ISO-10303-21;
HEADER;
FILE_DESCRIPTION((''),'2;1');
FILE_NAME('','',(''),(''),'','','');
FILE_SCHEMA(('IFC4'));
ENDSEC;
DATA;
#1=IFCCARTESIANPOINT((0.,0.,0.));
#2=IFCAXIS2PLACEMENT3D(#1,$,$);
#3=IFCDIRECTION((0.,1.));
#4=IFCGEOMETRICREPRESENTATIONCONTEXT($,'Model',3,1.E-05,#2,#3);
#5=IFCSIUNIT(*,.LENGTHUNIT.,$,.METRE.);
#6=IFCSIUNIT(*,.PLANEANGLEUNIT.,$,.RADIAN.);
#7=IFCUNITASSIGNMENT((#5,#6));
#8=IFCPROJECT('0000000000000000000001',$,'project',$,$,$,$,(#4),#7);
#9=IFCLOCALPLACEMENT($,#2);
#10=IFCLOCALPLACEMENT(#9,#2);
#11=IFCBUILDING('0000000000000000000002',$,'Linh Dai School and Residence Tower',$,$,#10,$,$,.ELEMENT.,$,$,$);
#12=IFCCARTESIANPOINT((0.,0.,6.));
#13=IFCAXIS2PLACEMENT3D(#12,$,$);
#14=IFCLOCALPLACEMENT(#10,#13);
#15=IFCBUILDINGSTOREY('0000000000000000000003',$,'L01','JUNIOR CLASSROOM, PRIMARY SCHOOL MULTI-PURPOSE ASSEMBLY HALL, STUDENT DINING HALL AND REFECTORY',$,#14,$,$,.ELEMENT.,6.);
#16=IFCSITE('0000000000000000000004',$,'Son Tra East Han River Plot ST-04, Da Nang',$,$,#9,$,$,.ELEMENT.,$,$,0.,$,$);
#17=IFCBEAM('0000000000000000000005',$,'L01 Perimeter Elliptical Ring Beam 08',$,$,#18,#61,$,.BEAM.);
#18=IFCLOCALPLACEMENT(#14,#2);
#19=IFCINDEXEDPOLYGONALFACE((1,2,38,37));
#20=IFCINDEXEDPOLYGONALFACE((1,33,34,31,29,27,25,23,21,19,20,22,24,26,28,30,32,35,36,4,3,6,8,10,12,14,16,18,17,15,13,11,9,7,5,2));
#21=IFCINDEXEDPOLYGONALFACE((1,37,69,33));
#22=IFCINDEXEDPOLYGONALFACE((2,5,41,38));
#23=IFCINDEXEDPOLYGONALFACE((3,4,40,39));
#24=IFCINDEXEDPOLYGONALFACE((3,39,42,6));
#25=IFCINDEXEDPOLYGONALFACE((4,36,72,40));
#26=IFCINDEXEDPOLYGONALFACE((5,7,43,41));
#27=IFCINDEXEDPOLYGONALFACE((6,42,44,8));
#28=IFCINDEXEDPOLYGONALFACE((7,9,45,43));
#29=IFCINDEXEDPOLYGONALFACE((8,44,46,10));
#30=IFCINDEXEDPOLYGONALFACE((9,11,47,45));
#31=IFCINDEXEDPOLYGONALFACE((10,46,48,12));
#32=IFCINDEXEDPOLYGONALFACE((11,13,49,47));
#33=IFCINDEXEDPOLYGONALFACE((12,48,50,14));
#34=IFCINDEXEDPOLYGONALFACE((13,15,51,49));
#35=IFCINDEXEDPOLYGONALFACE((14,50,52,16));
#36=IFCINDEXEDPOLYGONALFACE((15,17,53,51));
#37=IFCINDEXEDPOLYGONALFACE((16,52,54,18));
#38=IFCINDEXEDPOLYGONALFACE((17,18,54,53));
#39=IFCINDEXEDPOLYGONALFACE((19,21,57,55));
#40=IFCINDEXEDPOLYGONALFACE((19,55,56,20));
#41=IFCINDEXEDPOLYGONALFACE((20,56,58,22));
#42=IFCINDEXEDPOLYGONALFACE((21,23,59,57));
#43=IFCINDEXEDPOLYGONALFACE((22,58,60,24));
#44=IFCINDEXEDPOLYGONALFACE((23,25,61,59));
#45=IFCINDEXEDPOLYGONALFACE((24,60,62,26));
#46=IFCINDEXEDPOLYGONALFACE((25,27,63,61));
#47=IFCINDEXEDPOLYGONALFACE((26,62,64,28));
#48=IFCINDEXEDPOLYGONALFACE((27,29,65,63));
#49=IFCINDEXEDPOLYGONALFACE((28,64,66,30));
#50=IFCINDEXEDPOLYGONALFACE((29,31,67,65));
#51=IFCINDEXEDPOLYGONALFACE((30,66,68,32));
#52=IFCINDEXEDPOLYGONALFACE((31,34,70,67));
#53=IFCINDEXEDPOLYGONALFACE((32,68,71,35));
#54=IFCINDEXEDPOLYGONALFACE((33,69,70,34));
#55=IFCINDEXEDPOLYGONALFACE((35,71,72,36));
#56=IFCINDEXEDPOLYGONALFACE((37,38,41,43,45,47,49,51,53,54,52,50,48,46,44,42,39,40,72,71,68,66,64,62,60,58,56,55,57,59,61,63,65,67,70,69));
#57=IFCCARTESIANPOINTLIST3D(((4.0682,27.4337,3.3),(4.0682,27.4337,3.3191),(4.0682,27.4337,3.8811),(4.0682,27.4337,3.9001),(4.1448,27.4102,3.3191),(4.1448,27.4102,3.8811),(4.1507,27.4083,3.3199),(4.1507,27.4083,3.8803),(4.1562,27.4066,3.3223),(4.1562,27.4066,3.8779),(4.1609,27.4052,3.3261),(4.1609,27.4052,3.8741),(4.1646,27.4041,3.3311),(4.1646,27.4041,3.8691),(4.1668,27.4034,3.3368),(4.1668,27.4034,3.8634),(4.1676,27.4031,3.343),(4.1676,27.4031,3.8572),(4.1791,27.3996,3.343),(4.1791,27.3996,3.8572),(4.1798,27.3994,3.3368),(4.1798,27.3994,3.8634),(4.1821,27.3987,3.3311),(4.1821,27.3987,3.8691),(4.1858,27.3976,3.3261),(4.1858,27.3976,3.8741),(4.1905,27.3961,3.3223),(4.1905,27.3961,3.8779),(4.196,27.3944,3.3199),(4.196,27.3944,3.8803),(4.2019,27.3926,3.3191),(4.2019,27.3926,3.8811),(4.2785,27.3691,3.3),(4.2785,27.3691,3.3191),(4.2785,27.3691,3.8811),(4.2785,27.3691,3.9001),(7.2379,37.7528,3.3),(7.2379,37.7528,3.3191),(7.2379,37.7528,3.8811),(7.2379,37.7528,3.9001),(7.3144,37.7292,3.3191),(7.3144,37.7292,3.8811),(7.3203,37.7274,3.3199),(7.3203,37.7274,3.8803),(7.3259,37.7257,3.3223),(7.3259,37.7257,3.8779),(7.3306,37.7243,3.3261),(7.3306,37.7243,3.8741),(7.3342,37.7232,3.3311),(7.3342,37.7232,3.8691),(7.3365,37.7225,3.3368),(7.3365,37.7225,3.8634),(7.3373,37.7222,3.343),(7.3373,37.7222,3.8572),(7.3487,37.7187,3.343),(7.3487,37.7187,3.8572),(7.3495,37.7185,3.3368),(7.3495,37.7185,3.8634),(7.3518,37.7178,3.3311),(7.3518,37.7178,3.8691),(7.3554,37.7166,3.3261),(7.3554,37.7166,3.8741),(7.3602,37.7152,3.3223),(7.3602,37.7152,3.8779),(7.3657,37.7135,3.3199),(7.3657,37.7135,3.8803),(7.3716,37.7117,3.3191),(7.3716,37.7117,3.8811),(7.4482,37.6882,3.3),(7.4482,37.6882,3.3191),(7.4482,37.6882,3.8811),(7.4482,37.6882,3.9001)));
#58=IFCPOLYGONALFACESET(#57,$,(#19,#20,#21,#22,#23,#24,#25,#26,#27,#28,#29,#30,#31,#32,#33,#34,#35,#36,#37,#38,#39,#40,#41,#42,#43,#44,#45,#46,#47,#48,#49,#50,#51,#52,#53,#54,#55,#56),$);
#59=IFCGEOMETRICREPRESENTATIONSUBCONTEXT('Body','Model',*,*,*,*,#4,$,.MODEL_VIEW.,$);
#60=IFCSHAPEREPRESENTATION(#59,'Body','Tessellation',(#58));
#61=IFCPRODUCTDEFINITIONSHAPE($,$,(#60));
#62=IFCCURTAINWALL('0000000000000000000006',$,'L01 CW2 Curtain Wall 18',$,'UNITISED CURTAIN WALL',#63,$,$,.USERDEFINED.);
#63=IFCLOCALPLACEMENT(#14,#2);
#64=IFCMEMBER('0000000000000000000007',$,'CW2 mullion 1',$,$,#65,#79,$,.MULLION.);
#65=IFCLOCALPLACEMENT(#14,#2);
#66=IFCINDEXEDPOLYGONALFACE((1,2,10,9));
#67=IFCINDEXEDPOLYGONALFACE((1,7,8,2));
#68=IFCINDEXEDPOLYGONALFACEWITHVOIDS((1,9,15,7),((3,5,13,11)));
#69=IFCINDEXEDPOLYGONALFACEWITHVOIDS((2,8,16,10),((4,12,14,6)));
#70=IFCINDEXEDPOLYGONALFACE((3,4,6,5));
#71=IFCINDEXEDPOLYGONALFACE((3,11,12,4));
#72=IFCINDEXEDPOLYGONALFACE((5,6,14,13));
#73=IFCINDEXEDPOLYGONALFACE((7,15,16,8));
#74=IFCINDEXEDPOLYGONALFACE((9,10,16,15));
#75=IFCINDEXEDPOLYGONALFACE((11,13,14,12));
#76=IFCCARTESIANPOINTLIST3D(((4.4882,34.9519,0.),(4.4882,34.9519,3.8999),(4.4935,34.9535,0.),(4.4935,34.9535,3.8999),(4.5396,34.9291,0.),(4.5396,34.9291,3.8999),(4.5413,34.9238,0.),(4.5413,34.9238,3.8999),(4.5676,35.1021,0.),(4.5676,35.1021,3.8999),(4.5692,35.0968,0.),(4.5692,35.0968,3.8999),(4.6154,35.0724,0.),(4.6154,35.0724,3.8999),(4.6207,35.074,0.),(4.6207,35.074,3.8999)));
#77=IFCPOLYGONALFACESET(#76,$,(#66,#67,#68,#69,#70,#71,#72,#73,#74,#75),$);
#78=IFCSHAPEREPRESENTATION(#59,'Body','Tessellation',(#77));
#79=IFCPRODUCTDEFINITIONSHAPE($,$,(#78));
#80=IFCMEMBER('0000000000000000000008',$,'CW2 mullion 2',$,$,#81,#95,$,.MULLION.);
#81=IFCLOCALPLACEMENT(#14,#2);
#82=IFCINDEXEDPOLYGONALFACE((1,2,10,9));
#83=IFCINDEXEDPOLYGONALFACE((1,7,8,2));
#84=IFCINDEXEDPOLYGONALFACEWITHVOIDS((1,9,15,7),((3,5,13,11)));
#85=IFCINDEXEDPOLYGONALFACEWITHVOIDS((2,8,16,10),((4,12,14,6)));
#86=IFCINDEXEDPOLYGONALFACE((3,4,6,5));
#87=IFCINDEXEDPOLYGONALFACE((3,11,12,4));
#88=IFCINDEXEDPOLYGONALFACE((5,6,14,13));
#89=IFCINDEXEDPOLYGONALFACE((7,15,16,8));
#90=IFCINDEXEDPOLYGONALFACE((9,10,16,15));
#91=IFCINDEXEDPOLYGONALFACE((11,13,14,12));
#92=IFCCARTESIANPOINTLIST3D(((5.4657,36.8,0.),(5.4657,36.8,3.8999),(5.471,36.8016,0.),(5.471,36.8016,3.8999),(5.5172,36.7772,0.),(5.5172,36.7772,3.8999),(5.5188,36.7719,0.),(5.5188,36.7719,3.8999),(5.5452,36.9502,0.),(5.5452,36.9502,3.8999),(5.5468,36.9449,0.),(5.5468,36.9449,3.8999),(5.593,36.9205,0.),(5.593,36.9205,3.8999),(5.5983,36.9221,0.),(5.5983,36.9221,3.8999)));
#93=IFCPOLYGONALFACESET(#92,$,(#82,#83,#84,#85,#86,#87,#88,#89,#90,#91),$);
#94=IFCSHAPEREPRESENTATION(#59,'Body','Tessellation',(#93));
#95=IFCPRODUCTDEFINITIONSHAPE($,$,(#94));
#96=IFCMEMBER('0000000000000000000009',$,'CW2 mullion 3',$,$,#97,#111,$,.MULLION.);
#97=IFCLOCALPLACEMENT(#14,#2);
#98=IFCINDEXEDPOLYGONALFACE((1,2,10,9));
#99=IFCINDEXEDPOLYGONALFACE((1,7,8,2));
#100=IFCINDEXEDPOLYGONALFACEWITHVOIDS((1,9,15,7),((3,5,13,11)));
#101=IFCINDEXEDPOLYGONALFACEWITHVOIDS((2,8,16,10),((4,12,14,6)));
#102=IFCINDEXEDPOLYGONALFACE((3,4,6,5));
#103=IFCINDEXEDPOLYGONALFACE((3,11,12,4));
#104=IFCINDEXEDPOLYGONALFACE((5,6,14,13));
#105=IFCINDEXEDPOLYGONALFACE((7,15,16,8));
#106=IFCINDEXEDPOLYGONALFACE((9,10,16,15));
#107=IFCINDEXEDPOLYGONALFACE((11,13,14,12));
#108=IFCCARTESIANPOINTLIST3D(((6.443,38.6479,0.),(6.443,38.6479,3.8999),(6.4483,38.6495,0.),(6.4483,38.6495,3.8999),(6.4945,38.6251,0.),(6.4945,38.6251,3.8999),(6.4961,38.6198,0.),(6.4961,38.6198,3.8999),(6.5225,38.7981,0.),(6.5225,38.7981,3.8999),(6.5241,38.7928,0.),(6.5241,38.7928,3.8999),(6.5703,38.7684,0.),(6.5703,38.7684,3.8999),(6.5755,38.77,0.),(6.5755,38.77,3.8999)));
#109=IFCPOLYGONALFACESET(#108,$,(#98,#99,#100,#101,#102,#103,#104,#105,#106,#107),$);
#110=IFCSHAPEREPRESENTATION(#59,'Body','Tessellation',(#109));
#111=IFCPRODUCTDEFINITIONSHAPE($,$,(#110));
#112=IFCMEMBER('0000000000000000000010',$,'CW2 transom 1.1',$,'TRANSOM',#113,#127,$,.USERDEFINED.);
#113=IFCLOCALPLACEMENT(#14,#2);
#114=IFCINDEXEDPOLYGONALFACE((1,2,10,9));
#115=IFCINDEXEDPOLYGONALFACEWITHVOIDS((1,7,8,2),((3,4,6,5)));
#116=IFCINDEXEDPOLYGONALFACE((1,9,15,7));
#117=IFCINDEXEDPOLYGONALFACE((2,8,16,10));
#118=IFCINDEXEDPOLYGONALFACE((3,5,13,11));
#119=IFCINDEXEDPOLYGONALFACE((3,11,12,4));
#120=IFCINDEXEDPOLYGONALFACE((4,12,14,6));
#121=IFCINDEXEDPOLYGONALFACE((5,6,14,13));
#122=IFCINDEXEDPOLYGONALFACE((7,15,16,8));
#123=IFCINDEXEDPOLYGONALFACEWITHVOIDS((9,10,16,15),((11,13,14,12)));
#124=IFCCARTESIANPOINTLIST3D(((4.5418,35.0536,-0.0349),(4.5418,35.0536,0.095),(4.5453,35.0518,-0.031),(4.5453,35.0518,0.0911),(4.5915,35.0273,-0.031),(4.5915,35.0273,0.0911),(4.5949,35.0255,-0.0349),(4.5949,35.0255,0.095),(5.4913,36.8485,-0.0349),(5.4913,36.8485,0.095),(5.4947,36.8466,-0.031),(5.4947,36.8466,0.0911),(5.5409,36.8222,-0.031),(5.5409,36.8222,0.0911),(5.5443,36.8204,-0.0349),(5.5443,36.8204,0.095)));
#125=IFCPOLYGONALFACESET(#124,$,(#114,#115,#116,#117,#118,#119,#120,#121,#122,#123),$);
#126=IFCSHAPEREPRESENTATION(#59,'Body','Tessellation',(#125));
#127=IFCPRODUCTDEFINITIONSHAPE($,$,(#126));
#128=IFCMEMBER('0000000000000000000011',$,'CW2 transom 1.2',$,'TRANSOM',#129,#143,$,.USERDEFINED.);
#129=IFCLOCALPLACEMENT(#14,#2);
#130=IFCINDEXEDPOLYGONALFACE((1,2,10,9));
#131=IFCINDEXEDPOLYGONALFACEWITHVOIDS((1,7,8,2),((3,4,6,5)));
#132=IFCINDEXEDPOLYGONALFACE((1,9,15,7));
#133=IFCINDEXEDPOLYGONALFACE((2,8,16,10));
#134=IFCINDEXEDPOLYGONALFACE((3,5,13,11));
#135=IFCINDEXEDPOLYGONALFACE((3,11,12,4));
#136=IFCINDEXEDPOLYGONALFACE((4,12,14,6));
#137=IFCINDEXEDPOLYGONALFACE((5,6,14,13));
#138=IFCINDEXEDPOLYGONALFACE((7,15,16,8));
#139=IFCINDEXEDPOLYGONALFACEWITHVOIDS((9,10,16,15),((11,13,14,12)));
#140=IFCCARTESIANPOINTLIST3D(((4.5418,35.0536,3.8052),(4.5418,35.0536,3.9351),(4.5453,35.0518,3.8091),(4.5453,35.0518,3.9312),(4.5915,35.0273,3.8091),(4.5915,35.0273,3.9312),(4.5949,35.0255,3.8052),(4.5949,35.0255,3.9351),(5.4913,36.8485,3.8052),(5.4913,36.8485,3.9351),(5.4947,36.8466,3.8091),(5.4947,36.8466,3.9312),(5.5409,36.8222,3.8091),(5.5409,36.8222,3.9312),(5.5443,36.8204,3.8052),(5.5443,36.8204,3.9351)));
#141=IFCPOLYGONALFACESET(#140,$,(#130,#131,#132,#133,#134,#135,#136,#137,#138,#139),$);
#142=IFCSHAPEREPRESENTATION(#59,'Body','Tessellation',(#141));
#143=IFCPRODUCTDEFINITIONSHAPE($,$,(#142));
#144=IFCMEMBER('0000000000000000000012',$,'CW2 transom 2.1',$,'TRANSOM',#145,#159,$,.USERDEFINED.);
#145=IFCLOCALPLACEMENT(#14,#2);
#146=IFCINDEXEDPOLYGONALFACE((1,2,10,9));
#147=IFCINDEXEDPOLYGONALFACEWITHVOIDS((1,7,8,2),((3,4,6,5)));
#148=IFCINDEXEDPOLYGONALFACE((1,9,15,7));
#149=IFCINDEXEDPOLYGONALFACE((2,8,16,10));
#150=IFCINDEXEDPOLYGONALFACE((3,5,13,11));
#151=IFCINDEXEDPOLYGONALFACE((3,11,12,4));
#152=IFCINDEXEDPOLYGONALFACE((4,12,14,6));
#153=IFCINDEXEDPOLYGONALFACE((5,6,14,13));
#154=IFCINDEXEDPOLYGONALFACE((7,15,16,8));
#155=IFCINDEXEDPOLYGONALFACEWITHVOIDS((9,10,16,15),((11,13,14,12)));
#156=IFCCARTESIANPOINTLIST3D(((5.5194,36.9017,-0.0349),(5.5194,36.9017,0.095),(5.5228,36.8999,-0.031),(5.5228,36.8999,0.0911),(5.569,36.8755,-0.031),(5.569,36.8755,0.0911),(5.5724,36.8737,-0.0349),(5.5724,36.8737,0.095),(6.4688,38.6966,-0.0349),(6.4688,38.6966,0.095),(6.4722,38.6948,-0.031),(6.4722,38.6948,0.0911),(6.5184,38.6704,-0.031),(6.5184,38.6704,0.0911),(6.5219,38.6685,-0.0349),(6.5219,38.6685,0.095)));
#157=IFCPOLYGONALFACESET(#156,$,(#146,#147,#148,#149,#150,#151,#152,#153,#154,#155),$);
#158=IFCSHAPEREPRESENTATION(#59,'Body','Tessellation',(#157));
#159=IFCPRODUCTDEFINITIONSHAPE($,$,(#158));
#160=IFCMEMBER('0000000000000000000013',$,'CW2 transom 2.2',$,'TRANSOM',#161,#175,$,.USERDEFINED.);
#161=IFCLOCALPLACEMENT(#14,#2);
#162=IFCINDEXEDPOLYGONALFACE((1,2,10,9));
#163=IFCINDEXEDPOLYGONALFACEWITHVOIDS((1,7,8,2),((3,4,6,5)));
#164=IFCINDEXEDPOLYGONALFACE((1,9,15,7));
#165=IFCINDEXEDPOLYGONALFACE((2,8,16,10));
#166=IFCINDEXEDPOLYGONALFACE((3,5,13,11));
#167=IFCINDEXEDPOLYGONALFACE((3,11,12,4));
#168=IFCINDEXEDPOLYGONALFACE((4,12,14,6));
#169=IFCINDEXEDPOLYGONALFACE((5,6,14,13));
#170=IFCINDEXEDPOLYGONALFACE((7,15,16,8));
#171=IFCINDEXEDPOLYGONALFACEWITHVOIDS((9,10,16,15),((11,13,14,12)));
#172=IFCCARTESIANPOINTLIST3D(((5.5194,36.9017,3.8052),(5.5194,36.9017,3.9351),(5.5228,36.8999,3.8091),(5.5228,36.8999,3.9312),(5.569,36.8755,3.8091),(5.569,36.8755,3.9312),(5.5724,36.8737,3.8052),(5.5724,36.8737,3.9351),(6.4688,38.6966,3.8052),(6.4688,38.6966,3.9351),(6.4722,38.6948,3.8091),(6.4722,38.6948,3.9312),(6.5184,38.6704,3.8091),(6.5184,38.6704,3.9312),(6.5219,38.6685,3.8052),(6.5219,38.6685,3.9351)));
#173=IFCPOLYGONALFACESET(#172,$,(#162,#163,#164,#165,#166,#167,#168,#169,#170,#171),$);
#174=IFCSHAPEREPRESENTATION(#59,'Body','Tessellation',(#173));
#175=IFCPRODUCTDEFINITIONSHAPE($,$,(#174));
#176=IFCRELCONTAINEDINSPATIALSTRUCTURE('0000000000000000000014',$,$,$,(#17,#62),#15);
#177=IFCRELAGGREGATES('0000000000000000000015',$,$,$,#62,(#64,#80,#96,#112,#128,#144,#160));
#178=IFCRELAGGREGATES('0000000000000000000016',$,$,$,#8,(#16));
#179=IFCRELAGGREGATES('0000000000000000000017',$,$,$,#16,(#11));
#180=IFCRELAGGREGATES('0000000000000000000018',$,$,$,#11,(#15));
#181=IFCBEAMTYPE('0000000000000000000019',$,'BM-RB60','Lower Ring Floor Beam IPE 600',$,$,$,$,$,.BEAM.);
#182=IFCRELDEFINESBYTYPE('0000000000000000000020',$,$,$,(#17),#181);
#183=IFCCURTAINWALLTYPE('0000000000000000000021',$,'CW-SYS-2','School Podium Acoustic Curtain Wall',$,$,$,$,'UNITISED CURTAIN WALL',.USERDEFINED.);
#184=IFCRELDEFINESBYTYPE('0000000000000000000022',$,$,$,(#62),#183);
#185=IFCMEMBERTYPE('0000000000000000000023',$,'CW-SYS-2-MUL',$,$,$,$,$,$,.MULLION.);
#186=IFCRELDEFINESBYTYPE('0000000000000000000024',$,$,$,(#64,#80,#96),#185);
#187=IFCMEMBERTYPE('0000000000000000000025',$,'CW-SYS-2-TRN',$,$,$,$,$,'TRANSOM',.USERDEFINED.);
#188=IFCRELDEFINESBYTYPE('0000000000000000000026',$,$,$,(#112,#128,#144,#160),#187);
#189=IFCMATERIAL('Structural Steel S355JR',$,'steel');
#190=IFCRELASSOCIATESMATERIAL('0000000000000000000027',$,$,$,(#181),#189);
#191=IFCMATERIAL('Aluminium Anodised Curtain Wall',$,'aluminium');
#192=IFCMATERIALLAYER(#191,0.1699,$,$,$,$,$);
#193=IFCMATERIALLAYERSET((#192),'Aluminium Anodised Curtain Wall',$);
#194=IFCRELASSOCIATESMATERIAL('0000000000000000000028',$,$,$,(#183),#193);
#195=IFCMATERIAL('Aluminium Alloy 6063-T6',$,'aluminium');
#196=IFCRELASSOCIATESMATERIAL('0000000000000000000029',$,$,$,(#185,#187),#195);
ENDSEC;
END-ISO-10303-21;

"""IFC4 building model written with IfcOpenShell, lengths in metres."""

from ifc_helpers import new_model, si_unit, direction, frame, origin, origin_2d, place, context, subcontext, project, spatial, hollow_rectangle, i_section, extrude, source, transform, mapped, material, layer, layer_set, material_profile, profile_set, type_object, element, aggregate, save


model = new_model("IFC4")

# Units and contexts
model_context = context("Model", 3, precision=1e-05, world=origin(), true_north=direction((0.0, 1.0)))
body_context = subcontext(model_context, "Body", "Model", "MODEL_VIEW")
ifc_project = project(units=[si_unit("LENGTHUNIT", "METRE"), si_unit("PLANEANGLEUNIT", "RADIAN")], contexts=[model_context])

# Site, building, storey
site_placement = place(None, origin())
site = spatial("IfcSite", under=ifc_project, at=site_placement, Name="Son Tra East Han River Plot ST-04, Da Nang", CompositionType="ELEMENT", RefElevation=0.0)
building_placement = place(site_placement, origin())
building = spatial("IfcBuilding", under=site, at=building_placement, Name="Linh Dai School and Residence Tower", CompositionType="ELEMENT")
storey_placement = place(building_placement, frame((0.0, 0.0, 6.0)))
storey = spatial("IfcBuildingStorey", under=building, at=storey_placement, Name="L01", Description="JUNIOR CLASSROOM, PRIMARY SCHOOL MULTI-PURPOSE ASSEMBLY HALL, STUDENT DINING HALL AND REFECTORY", CompositionType="ELEMENT", Elevation=6.0)

# Shared definitions
ifc_material_1 = material(Name="Structural Steel S355JR", Category="steel")

# Beam
ifc_material_profile_1 = material_profile(ifc_material_1, i_section(OverallWidth=0.22, OverallDepth=0.6001, WebThickness=0.012, FlangeThickness=0.019, FilletRadius=0.0239, at=origin_2d()), Name="IPE 600")
ifc_profile_set_1 = profile_set([ifc_material_profile_1], Name="Structural Steel S355JR")
beam_type_1 = type_object("IfcBeamType", Name="BM-RB60", Description="Lower Ring Floor Beam IPE 600", PredefinedType="BEAM", material=ifc_profile_set_1)
beam_1_placement = place(storey_placement, frame((7.343, 37.7205, 3.6001), z_axis=(-0.293627, -0.95592, 0.0), x_axis=(0.95592, -0.293627, 0.0)))
element("IfcBeam", 1, at=beam_1_placement, inside=storey, type_object=beam_type_1, Name="L01 Perimeter Elliptical Ring Beam 08", PredefinedType="BEAM", context=body_context, shape_type="SweptSolid", body=[
    extrude(i_section(OverallWidth=0.22, OverallDepth=0.6001, WebThickness=0.012, FlangeThickness=0.019, FilletRadius=0.0239, at=origin_2d()), origin(), (0.0, 0.0, 1.0), 10.7949),
])

# Curtain wall, members
ifc_material_2 = material(Name="Aluminium Anodised Curtain Wall", Category="aluminium")
ifc_layer_1 = layer(ifc_material_2, 0.1699)
ifc_layer_set_1 = layer_set([ifc_layer_1], Name="Aluminium Anodised Curtain Wall")
curtain_wall_type = type_object("IfcCurtainWallType", Name="CW-SYS-2", Description="School Podium Acoustic Curtain Wall", ElementType="UNITISED CURTAIN WALL", PredefinedType="USERDEFINED", material=ifc_layer_set_1)
curtain_wall_placement = place(storey_placement, origin())
curtain_wall = element("IfcCurtainWall", 2, at=curtain_wall_placement, inside=storey, type_object=curtain_wall_type, Name="L01 CW2 Curtain Wall 18", ObjectType="UNITISED CURTAIN WALL", PredefinedType="USERDEFINED")
ifc_material_3 = material(Name="Aluminium Alloy 6063-T6", Category="aluminium")
ifc_material_profile_2 = material_profile(ifc_material_3, hollow_rectangle(XDim=0.0601, YDim=0.1699, WallThickness=0.0039, at=origin_2d()), Name="RHS 170x60x4")
ifc_profile_set_2 = profile_set([ifc_material_profile_2], Name="Aluminium Alloy 6063-T6")
member_type_1 = type_object("IfcMemberType", Name="CW-SYS-2-MUL", PredefinedType="MULLION", material=ifc_profile_set_2)
shared_shape_1 = source(origin(), body_context, "Body", "SweptSolid", [
    extrude(hollow_rectangle(XDim=0.0601, YDim=0.1699, WallThickness=0.0039, at=origin_2d()), origin(), (0.0, 0.0, 1.0), 3.8999),
])
member_1_placement = place(storey_placement, frame((4.5544, 35.0129, 0.0), z_axis=(0.0, 0.0, 1.0), x_axis=(-0.883964, 0.467555, 0.0)))
member_1 = element("IfcMember", 3, at=member_1_placement, type_object=member_type_1, Name="CW2 mullion 1", PredefinedType="MULLION", context=body_context, shape_type="MappedRepresentation", body=[
    mapped(shared_shape_1, transform((0.0, 0.0, 0.0), x_axis=(1.0, 0.0, 0.0), y_axis=(0.0, 1.0, 0.0), z_axis=(0.0, 0.0, 1.0), scale=1.0)),
])
member_2_placement = place(storey_placement, frame((5.532, 36.8611, 0.0), z_axis=(0.0, 0.0, 1.0), x_axis=(-0.883964, 0.467555, 0.0)))
member_2 = element("IfcMember", 4, at=member_2_placement, type_object=member_type_1, Name="CW2 mullion 2", PredefinedType="MULLION", context=body_context, shape_type="MappedRepresentation", body=[
    mapped(shared_shape_1, transform((0.0, 0.0, 0.0), x_axis=(1.0, 0.0, 0.0), y_axis=(0.0, 1.0, 0.0), z_axis=(0.0, 0.0, 1.0), scale=1.0)),
])
member_3_placement = place(storey_placement, frame((6.5093, 38.709, 0.0), z_axis=(0.0, 0.0, 1.0), x_axis=(-0.883964, 0.467555, 0.0)))
member_3 = element("IfcMember", 5, at=member_3_placement, type_object=member_type_1, Name="CW2 mullion 3", PredefinedType="MULLION", context=body_context, shape_type="MappedRepresentation", body=[
    mapped(shared_shape_1, transform((0.0, 0.0, 0.0), x_axis=(1.0, 0.0, 0.0), y_axis=(0.0, 1.0, 0.0), z_axis=(0.0, 0.0, 1.0), scale=1.0)),
])
ifc_material_profile_3 = material_profile(ifc_material_3, hollow_rectangle(XDim=0.0601, YDim=0.1299, WallThickness=0.0039, at=origin_2d()), Name="RHS 130x60x4")
ifc_profile_set_3 = profile_set([ifc_material_profile_3], Name="Aluminium Alloy 6063-T6")
member_type_2 = type_object("IfcMemberType", Name="CW-SYS-2-TRN", ElementType="TRANSOM", PredefinedType="USERDEFINED", material=ifc_profile_set_3)
shared_shape_2 = source(origin(), body_context, "Body", "SweptSolid", [
    extrude(hollow_rectangle(XDim=0.0601, YDim=0.1299, WallThickness=0.0039, at=origin_2d()), origin(), (0.0, 0.0, 1.0), 2.0305),
])
member_4_placement = place(storey_placement, frame((4.5684, 35.0396, 0.03), z_axis=(0.467584, 0.883949, 0.0), x_axis=(-0.883949, 0.467584, 0.0)))
member_4 = element("IfcMember", 6, at=member_4_placement, type_object=member_type_2, Name="CW2 transom 1.1", ObjectType="TRANSOM", PredefinedType="USERDEFINED", context=body_context, shape_type="MappedRepresentation", body=[
    mapped(shared_shape_2, transform((0.0, 0.0, 0.0), x_axis=(1.0, 0.0, 0.0), y_axis=(0.0, 1.0, 0.0), z_axis=(0.0, 0.0, 1.0), scale=1.0)),
])
member_5_placement = place(storey_placement, frame((4.5684, 35.0396, 3.8701), z_axis=(0.467584, 0.883949, 0.0), x_axis=(-0.883949, 0.467584, 0.0)))
member_5 = element("IfcMember", 7, at=member_5_placement, type_object=member_type_2, Name="CW2 transom 1.2", ObjectType="TRANSOM", PredefinedType="USERDEFINED", context=body_context, shape_type="MappedRepresentation", body=[
    mapped(shared_shape_2, transform((0.0, 0.0, 0.0), x_axis=(1.0, 0.0, 0.0), y_axis=(0.0, 1.0, 0.0), z_axis=(0.0, 0.0, 1.0), scale=1.0)),
])
member_6_placement = place(storey_placement, frame((5.5459, 36.8877, 0.03), z_axis=(0.467584, 0.883949, 0.0), x_axis=(-0.883949, 0.467584, 0.0)))
member_6 = element("IfcMember", 8, at=member_6_placement, type_object=member_type_2, Name="CW2 transom 2.1", ObjectType="TRANSOM", PredefinedType="USERDEFINED", context=body_context, shape_type="MappedRepresentation", body=[
    mapped(shared_shape_2, transform((0.0, 0.0, 0.0), x_axis=(1.0, 0.0, 0.0), y_axis=(0.0, 1.0, 0.0), z_axis=(0.0, 0.0, 1.0), scale=1.0)),
])
member_7_placement = place(storey_placement, frame((5.5459, 36.8877, 3.8701), z_axis=(0.467584, 0.883949, 0.0), x_axis=(-0.883949, 0.467584, 0.0)))
member_7 = element("IfcMember", 9, at=member_7_placement, type_object=member_type_2, Name="CW2 transom 2.2", ObjectType="TRANSOM", PredefinedType="USERDEFINED", context=body_context, shape_type="MappedRepresentation", body=[
    mapped(shared_shape_2, transform((0.0, 0.0, 0.0), x_axis=(1.0, 0.0, 0.0), y_axis=(0.0, 1.0, 0.0), z_axis=(0.0, 0.0, 1.0), scale=1.0)),
])

aggregate(curtain_wall, [member_1, member_2, member_3, member_4, member_5, member_6, member_7])

save(model, "model.ifc")
